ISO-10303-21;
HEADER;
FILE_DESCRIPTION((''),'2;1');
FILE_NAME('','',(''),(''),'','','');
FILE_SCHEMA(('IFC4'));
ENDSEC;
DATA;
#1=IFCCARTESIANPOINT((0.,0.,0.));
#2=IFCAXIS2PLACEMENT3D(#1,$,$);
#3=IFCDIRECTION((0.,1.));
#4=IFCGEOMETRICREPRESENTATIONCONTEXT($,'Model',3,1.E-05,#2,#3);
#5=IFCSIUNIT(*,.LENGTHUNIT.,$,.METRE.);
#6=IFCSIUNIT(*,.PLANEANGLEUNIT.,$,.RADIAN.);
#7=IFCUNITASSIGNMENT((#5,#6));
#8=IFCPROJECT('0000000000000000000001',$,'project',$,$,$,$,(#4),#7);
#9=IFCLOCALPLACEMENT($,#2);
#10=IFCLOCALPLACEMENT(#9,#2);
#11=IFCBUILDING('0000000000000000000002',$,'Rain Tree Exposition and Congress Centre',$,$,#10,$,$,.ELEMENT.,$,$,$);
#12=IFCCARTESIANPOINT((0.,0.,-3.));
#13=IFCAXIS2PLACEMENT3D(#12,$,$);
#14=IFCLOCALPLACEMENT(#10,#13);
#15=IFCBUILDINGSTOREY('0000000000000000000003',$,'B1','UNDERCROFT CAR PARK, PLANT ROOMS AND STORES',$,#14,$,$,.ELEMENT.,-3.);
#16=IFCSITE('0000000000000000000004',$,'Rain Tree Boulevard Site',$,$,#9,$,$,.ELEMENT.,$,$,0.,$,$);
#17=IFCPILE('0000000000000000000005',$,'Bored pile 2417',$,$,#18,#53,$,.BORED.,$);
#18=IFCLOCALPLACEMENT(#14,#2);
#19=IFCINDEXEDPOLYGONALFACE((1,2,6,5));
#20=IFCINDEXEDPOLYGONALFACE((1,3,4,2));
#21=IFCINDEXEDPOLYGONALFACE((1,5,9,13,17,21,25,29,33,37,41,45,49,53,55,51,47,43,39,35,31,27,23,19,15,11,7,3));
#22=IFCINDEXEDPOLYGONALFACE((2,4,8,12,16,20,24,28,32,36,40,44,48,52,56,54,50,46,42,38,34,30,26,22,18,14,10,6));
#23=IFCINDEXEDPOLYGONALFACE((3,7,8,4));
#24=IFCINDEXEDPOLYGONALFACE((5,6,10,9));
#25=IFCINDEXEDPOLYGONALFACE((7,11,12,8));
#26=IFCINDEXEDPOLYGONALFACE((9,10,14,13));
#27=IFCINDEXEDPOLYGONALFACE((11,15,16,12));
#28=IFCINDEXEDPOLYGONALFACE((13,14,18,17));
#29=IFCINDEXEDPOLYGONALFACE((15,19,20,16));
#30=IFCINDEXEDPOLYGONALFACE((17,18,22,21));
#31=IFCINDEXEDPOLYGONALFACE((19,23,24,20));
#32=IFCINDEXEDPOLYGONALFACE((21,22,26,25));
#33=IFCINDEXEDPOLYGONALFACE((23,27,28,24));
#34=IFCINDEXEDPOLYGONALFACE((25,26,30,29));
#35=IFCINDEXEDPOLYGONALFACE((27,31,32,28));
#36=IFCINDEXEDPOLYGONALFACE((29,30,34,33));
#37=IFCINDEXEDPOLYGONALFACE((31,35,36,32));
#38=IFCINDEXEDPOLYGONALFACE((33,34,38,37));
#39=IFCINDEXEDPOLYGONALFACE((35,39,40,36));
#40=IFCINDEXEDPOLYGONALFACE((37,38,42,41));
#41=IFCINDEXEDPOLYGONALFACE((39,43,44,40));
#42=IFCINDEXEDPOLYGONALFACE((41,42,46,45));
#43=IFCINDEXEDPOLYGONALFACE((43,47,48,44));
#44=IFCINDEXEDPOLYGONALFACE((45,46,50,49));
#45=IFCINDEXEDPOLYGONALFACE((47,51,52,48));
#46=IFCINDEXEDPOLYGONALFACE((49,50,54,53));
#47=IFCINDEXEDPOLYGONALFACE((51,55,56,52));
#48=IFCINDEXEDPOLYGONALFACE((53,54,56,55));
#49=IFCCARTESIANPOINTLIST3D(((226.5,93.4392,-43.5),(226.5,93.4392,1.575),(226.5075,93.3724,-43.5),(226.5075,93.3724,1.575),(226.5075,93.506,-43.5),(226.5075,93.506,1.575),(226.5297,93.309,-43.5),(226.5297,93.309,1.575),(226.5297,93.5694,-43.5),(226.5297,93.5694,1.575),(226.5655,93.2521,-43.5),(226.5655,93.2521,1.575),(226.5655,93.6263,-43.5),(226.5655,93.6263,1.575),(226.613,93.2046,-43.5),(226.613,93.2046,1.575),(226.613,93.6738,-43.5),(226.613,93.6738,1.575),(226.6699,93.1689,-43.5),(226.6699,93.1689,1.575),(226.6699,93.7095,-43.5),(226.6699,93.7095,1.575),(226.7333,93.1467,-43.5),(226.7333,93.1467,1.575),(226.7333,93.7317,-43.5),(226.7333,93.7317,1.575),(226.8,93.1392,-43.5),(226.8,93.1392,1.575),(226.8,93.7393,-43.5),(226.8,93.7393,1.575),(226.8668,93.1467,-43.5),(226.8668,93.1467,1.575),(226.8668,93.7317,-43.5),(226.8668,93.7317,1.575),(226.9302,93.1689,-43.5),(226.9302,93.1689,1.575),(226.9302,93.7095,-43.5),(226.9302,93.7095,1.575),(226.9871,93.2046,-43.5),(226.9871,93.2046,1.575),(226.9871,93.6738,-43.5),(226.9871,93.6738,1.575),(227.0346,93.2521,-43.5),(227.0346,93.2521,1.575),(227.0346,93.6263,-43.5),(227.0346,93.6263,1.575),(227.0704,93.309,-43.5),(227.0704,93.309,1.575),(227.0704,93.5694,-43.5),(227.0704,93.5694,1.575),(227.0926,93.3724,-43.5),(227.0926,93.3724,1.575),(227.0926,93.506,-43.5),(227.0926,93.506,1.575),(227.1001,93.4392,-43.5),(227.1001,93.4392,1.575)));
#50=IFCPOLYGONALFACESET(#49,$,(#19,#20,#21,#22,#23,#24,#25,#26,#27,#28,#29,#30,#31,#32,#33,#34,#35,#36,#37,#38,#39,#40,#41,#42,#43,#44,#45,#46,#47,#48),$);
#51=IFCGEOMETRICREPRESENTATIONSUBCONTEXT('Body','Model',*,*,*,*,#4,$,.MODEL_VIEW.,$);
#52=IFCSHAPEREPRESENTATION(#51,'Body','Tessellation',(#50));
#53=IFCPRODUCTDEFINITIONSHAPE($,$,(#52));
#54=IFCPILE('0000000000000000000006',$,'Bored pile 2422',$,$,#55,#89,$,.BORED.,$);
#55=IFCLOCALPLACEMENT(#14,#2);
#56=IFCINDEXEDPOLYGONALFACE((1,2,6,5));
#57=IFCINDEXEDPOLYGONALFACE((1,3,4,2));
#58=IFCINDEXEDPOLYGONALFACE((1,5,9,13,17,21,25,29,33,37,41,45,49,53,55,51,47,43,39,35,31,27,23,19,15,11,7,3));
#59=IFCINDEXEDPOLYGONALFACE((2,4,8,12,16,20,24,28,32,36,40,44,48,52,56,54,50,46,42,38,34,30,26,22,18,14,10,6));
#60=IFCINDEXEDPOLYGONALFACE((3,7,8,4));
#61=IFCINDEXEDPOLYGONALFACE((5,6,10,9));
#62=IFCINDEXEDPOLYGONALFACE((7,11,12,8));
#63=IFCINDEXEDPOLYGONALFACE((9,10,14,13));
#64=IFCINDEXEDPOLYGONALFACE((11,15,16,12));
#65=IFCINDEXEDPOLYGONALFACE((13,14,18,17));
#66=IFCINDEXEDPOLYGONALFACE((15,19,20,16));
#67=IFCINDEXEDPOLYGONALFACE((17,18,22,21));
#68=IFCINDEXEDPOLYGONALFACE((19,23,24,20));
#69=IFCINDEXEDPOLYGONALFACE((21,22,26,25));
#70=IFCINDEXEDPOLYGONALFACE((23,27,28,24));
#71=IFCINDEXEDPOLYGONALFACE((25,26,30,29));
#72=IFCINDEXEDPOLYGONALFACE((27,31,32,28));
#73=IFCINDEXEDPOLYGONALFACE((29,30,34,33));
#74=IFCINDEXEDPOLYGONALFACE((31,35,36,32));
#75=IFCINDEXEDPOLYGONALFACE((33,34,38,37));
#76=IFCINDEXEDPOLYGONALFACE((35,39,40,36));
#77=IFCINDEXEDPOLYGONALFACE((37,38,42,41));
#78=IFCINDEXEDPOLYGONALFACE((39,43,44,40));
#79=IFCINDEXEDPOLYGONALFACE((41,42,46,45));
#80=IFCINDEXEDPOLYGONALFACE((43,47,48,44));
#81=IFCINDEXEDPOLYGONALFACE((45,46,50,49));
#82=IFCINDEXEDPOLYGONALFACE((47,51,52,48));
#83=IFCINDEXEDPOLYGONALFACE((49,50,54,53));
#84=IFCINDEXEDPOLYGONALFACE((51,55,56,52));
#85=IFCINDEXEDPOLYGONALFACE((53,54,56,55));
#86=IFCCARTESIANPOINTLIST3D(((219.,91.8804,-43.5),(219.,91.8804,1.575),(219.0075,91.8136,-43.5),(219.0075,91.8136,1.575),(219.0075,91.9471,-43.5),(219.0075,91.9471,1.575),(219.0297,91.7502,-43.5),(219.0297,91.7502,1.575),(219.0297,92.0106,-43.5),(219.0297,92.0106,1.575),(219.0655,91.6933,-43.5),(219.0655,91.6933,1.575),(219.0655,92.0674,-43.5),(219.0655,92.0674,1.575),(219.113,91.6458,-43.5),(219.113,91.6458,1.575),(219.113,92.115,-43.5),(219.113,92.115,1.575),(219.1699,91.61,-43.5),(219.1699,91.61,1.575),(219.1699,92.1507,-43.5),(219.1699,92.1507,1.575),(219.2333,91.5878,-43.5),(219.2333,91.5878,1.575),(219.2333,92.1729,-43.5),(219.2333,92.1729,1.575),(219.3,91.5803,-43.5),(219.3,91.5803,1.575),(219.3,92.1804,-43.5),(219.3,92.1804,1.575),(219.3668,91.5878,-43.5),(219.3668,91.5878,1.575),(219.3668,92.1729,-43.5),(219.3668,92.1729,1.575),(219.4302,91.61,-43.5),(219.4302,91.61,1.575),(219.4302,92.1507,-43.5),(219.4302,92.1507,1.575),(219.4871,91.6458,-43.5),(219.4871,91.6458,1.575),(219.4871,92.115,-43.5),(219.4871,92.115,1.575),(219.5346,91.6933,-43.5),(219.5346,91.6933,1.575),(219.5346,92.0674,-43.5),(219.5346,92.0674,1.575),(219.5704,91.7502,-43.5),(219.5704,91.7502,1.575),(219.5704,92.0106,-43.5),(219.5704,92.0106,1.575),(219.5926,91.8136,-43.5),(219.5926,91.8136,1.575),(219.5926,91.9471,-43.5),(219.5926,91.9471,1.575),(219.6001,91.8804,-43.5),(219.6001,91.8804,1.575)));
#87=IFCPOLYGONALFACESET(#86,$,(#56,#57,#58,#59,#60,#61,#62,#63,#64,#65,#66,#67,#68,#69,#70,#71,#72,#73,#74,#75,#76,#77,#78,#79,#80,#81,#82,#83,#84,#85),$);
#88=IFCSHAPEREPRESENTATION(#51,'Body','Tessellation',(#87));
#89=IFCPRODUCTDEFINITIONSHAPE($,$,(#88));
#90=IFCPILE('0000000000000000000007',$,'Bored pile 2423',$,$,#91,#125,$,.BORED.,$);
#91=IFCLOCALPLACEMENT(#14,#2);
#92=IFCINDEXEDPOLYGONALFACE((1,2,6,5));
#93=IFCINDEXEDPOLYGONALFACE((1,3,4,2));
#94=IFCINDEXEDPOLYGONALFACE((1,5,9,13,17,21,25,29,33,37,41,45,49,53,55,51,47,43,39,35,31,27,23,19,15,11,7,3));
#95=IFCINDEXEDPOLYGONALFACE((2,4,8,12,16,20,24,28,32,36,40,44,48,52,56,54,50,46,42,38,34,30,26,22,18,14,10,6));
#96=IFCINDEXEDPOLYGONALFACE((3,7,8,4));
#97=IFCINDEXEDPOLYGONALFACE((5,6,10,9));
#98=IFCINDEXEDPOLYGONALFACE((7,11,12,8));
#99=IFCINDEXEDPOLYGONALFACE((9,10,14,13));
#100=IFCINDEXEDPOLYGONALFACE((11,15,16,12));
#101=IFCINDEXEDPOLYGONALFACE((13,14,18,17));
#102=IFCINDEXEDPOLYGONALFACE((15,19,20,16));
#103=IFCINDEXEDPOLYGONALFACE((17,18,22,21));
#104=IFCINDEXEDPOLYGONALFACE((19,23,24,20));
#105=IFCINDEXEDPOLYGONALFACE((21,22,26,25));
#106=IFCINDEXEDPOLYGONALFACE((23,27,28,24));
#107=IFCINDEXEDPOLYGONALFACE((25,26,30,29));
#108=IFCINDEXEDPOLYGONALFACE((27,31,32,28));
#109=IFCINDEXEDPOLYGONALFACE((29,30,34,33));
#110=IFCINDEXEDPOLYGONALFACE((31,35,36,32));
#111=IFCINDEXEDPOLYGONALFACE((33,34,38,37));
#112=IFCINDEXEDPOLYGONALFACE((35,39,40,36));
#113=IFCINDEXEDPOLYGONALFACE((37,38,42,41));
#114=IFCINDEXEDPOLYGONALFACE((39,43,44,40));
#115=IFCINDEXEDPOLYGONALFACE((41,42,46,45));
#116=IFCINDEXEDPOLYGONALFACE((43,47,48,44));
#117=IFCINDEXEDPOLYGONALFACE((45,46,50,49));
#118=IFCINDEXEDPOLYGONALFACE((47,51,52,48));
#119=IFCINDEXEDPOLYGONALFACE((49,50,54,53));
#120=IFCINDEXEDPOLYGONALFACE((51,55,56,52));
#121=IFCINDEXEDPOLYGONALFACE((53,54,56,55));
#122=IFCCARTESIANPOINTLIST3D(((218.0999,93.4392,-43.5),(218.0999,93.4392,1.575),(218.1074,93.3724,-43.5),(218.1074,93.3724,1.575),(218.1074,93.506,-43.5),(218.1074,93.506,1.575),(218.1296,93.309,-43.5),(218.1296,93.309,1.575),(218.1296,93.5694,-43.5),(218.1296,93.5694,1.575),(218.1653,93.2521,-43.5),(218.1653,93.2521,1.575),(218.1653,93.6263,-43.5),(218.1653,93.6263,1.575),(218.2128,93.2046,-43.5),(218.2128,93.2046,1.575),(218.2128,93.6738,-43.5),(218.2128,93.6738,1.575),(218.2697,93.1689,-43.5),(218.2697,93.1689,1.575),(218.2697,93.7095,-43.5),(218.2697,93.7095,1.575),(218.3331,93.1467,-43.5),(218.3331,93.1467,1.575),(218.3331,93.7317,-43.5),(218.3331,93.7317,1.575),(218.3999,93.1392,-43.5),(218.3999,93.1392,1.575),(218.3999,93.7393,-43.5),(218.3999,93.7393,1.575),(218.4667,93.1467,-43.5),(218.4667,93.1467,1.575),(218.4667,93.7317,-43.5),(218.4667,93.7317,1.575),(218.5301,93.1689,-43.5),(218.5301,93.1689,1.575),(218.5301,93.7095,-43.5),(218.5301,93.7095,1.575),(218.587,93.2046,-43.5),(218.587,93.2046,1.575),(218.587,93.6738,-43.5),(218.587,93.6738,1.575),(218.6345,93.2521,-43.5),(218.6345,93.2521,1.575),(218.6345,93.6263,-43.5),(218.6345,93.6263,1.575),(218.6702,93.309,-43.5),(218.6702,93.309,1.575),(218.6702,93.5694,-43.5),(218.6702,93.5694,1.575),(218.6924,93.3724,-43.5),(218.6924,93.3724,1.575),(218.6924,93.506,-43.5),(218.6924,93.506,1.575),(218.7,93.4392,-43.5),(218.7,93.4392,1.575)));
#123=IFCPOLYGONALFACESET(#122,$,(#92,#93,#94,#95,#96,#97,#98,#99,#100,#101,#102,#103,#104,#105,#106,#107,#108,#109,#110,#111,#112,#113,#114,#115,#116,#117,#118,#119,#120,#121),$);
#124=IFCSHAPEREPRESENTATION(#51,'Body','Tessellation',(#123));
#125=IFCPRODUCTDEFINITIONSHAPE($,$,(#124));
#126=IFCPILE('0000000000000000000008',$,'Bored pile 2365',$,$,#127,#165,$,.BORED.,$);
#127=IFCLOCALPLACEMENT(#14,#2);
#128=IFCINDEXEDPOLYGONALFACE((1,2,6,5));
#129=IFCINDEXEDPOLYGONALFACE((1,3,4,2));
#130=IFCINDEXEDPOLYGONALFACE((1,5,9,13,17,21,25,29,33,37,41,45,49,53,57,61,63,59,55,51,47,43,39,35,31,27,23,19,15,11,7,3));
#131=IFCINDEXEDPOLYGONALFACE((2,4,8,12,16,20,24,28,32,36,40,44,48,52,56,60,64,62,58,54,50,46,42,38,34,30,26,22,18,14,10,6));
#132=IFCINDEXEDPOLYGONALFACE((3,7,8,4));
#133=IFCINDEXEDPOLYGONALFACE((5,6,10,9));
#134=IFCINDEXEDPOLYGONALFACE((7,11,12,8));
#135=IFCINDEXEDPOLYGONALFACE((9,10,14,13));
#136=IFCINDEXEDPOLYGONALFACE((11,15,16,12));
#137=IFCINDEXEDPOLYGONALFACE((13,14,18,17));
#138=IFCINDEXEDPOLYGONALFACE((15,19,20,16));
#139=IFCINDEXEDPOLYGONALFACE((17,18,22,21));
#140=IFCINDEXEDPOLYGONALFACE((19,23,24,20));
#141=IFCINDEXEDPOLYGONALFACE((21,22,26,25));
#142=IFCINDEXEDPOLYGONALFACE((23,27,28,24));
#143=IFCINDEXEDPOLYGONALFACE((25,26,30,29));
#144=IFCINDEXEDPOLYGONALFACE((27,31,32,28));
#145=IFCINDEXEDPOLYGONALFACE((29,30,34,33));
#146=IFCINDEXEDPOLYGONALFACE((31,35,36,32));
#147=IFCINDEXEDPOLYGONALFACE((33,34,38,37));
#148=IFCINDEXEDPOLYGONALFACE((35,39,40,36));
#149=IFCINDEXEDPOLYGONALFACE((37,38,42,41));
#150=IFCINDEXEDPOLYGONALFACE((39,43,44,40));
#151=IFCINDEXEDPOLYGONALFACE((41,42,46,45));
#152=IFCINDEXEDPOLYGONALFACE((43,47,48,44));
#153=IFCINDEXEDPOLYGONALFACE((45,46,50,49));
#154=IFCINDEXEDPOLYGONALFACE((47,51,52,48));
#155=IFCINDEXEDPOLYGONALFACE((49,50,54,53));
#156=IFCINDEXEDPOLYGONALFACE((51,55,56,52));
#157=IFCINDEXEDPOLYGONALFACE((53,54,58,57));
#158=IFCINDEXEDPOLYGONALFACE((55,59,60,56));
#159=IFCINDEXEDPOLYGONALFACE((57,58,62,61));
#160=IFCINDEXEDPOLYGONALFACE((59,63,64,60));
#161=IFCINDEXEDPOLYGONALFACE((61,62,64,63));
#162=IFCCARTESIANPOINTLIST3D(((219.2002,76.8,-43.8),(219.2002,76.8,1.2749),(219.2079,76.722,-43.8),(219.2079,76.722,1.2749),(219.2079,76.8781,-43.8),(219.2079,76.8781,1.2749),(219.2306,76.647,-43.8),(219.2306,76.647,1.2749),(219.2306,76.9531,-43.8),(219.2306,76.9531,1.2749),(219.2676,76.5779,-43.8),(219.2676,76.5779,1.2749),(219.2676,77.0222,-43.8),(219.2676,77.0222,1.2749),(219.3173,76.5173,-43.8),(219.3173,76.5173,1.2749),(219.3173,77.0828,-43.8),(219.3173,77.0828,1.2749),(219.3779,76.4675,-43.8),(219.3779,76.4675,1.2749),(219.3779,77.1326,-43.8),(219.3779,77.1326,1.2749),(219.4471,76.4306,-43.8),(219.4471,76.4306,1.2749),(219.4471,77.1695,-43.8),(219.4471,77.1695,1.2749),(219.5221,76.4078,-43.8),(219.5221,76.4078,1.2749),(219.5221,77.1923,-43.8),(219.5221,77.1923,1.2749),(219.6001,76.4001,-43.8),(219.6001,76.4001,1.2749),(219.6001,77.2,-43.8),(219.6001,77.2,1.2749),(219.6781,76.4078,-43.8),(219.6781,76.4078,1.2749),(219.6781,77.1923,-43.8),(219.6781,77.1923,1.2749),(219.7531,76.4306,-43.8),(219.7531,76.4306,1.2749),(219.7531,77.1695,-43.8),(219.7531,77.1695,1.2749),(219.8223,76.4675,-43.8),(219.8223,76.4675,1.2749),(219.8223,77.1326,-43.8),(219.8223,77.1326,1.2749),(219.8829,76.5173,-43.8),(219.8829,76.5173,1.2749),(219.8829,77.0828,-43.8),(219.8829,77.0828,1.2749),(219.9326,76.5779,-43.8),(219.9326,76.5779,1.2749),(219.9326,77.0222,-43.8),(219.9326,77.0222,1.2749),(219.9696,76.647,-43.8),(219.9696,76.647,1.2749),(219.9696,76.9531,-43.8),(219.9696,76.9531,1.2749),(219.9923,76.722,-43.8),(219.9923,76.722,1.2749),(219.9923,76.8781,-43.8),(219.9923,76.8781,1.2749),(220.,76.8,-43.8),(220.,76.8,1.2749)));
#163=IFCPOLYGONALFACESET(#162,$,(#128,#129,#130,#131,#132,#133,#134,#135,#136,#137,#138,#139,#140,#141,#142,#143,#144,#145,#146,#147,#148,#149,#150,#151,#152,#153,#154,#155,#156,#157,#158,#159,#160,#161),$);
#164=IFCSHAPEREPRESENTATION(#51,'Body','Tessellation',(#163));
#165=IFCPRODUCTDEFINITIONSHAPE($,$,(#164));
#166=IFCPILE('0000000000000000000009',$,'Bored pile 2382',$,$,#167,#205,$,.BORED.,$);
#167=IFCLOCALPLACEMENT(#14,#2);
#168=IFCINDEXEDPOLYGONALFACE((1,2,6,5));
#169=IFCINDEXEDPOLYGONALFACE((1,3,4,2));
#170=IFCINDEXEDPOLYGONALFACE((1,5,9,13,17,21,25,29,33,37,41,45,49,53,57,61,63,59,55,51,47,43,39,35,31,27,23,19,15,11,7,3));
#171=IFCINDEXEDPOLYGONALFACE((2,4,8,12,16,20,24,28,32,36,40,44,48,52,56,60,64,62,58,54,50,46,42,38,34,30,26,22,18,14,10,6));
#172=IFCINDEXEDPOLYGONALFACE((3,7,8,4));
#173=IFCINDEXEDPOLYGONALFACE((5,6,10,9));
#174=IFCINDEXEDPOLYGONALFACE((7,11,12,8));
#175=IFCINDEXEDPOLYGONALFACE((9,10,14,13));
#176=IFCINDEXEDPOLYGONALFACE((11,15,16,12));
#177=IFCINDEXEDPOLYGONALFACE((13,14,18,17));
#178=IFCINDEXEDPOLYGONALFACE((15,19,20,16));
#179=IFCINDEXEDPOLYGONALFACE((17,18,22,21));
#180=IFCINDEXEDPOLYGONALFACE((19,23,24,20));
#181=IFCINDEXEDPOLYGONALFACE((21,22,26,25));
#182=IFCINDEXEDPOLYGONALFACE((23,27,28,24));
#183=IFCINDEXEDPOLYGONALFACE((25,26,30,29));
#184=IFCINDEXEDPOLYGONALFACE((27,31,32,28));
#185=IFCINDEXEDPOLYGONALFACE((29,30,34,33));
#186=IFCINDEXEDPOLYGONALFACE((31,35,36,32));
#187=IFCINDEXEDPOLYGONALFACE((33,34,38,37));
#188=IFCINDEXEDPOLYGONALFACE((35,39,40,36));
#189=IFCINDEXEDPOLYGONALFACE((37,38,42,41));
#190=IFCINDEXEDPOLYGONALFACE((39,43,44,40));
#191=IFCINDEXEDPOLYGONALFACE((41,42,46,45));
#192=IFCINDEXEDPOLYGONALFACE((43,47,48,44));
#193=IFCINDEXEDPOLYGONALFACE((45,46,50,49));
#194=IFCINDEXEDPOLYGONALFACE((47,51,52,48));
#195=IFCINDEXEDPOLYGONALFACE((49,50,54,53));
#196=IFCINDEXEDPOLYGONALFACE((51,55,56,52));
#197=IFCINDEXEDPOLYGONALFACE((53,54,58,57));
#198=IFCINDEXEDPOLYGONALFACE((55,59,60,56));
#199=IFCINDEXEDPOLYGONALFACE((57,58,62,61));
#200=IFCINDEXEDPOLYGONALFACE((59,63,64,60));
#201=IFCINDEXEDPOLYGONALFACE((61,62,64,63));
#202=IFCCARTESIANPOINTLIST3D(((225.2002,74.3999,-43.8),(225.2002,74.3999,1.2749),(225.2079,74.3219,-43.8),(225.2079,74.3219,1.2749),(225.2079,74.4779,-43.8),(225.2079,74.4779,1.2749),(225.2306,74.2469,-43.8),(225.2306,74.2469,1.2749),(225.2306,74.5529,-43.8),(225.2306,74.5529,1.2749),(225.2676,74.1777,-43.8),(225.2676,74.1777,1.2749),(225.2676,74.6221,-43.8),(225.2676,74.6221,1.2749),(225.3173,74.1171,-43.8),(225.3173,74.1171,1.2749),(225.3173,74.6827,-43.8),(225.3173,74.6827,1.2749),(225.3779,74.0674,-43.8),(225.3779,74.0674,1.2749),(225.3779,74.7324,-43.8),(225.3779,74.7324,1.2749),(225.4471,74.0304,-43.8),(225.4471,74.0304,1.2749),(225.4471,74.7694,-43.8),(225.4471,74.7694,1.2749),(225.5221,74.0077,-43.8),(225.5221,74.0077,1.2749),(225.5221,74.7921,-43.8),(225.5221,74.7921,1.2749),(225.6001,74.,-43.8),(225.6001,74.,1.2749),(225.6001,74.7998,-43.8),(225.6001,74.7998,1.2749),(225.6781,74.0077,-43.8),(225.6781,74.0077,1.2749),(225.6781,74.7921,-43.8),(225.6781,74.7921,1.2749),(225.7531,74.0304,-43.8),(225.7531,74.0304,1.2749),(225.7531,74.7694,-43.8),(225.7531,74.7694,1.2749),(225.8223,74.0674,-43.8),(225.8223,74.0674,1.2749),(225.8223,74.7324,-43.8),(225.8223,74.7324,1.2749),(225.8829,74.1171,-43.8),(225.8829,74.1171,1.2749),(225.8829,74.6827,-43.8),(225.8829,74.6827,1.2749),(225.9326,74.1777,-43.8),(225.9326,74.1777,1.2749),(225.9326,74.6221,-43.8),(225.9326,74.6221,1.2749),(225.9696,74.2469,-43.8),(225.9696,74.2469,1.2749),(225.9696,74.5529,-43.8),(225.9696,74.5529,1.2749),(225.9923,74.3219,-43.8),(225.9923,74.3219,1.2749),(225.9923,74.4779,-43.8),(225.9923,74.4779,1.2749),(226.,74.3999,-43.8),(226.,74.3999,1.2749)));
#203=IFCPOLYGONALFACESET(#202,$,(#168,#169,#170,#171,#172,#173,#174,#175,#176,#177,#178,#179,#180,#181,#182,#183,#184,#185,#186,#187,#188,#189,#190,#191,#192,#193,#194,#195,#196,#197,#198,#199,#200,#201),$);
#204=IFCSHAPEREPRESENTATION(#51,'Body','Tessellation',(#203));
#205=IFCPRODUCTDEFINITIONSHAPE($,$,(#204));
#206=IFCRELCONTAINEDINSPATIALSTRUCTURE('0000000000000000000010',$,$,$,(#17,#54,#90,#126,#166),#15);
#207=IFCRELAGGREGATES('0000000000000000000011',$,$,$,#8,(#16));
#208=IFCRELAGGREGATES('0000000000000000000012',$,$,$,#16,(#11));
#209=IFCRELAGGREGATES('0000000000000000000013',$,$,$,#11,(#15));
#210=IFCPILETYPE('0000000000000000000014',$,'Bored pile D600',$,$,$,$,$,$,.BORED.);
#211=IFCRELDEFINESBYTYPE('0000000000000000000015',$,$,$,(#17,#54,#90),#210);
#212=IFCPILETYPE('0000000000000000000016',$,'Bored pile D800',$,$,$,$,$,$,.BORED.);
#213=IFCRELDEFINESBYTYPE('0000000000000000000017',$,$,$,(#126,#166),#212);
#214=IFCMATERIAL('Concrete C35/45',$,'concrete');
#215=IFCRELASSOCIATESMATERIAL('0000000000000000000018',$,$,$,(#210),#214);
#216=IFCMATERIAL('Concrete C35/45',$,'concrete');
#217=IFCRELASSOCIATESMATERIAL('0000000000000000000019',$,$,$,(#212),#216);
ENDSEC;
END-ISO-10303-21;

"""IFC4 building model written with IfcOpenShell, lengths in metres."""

from ifc_helpers import new_model, si_unit, direction, frame, origin, origin_2d, place, context, subcontext, project, spatial, circle, extrude, material, material_profile, profile_set, type_object, element, save


model = new_model("IFC4")

# Units and contexts
model_context = context("Model", 3, precision=1e-05, world=origin(), true_north=direction((0.0, 1.0)))
body_context = subcontext(model_context, "Body", "Model", "MODEL_VIEW")
ifc_project = project(units=[si_unit("LENGTHUNIT", "METRE"), si_unit("PLANEANGLEUNIT", "RADIAN")], contexts=[model_context])

# Site, building, storey
site_placement = place(None, origin())
site = spatial("IfcSite", under=ifc_project, at=site_placement, Name="Rain Tree Boulevard Site", CompositionType="ELEMENT", RefElevation=0.0)
building_placement = place(site_placement, origin())
building = spatial("IfcBuilding", under=site, at=building_placement, Name="Rain Tree Exposition and Congress Centre", CompositionType="ELEMENT")
storey_placement = place(building_placement, frame((0.0, 0.0, -3.0)))
storey = spatial("IfcBuildingStorey", under=building, at=storey_placement, Name="B1", Description="UNDERCROFT CAR PARK, PLANT ROOMS AND STORES", CompositionType="ELEMENT", Elevation=-3.0)

# Piles
ifc_material_1 = material(Name="Concrete C35/45", Category="concrete")
ifc_material_profile_1 = material_profile(ifc_material_1, circle(Radius=0.3, at=origin_2d()), Name="D600")
ifc_profile_set_1 = profile_set([ifc_material_profile_1], Name="Concrete C35/45")
pile_type_1 = type_object("IfcPileType", Name="Bored pile D600", PredefinedType="BORED", material=ifc_profile_set_1)
for number, where, z_axis, x_axis, name in (
    (1, (226.8, 93.4392, 1.575), (0.0, 0.0, -1.0), (1.0, 0.0, 0.0), "Bored pile 2417"),
    (2, (219.3, 91.8804, 1.575), (0.0, 0.0, -1.0), (1.0, 0.0, 0.0), "Bored pile 2422"),
    (3, (218.3999, 93.4392, 1.575), (0.0, 0.0, -1.0), (1.0, 0.0, 0.0), "Bored pile 2423"),
):
    element("IfcPile", number, at=place(storey_placement, frame(where, z_axis=z_axis, x_axis=x_axis)), inside=storey, type_object=pile_type_1, Name=name, PredefinedType="BORED", context=body_context, shape_type="SweptSolid", body=[
        extrude(circle(Radius=0.3, at=origin_2d()), origin(), (0.0, 0.0, 1.0), 45.075),
    ])
ifc_material_2 = material(Name="Concrete C35/45", Category="concrete")
ifc_material_profile_2 = material_profile(ifc_material_2, circle(Radius=0.3999, at=origin_2d()), Name="D800")
ifc_profile_set_2 = profile_set([ifc_material_profile_2], Name="Concrete C35/45")
pile_type_2 = type_object("IfcPileType", Name="Bored pile D800", PredefinedType="BORED", material=ifc_profile_set_2)
for number, where, z_axis, x_axis, name in (
    (4, (219.6001, 76.8, 1.2749), (0.0, 0.0, -1.0), (1.0, 0.0, 0.0), "Bored pile 2365"),
    (5, (225.6001, 74.3999, 1.2749), (0.0, 0.0, -1.0), (1.0, 0.0, 0.0), "Bored pile 2382"),
):
    element("IfcPile", number, at=place(storey_placement, frame(where, z_axis=z_axis, x_axis=x_axis)), inside=storey, type_object=pile_type_2, Name=name, PredefinedType="BORED", context=body_context, shape_type="SweptSolid", body=[
        extrude(circle(Radius=0.3999, at=origin_2d()), origin(), (0.0, 0.0, 1.0), 45.075),
    ])

save(model, "model.ifc")
